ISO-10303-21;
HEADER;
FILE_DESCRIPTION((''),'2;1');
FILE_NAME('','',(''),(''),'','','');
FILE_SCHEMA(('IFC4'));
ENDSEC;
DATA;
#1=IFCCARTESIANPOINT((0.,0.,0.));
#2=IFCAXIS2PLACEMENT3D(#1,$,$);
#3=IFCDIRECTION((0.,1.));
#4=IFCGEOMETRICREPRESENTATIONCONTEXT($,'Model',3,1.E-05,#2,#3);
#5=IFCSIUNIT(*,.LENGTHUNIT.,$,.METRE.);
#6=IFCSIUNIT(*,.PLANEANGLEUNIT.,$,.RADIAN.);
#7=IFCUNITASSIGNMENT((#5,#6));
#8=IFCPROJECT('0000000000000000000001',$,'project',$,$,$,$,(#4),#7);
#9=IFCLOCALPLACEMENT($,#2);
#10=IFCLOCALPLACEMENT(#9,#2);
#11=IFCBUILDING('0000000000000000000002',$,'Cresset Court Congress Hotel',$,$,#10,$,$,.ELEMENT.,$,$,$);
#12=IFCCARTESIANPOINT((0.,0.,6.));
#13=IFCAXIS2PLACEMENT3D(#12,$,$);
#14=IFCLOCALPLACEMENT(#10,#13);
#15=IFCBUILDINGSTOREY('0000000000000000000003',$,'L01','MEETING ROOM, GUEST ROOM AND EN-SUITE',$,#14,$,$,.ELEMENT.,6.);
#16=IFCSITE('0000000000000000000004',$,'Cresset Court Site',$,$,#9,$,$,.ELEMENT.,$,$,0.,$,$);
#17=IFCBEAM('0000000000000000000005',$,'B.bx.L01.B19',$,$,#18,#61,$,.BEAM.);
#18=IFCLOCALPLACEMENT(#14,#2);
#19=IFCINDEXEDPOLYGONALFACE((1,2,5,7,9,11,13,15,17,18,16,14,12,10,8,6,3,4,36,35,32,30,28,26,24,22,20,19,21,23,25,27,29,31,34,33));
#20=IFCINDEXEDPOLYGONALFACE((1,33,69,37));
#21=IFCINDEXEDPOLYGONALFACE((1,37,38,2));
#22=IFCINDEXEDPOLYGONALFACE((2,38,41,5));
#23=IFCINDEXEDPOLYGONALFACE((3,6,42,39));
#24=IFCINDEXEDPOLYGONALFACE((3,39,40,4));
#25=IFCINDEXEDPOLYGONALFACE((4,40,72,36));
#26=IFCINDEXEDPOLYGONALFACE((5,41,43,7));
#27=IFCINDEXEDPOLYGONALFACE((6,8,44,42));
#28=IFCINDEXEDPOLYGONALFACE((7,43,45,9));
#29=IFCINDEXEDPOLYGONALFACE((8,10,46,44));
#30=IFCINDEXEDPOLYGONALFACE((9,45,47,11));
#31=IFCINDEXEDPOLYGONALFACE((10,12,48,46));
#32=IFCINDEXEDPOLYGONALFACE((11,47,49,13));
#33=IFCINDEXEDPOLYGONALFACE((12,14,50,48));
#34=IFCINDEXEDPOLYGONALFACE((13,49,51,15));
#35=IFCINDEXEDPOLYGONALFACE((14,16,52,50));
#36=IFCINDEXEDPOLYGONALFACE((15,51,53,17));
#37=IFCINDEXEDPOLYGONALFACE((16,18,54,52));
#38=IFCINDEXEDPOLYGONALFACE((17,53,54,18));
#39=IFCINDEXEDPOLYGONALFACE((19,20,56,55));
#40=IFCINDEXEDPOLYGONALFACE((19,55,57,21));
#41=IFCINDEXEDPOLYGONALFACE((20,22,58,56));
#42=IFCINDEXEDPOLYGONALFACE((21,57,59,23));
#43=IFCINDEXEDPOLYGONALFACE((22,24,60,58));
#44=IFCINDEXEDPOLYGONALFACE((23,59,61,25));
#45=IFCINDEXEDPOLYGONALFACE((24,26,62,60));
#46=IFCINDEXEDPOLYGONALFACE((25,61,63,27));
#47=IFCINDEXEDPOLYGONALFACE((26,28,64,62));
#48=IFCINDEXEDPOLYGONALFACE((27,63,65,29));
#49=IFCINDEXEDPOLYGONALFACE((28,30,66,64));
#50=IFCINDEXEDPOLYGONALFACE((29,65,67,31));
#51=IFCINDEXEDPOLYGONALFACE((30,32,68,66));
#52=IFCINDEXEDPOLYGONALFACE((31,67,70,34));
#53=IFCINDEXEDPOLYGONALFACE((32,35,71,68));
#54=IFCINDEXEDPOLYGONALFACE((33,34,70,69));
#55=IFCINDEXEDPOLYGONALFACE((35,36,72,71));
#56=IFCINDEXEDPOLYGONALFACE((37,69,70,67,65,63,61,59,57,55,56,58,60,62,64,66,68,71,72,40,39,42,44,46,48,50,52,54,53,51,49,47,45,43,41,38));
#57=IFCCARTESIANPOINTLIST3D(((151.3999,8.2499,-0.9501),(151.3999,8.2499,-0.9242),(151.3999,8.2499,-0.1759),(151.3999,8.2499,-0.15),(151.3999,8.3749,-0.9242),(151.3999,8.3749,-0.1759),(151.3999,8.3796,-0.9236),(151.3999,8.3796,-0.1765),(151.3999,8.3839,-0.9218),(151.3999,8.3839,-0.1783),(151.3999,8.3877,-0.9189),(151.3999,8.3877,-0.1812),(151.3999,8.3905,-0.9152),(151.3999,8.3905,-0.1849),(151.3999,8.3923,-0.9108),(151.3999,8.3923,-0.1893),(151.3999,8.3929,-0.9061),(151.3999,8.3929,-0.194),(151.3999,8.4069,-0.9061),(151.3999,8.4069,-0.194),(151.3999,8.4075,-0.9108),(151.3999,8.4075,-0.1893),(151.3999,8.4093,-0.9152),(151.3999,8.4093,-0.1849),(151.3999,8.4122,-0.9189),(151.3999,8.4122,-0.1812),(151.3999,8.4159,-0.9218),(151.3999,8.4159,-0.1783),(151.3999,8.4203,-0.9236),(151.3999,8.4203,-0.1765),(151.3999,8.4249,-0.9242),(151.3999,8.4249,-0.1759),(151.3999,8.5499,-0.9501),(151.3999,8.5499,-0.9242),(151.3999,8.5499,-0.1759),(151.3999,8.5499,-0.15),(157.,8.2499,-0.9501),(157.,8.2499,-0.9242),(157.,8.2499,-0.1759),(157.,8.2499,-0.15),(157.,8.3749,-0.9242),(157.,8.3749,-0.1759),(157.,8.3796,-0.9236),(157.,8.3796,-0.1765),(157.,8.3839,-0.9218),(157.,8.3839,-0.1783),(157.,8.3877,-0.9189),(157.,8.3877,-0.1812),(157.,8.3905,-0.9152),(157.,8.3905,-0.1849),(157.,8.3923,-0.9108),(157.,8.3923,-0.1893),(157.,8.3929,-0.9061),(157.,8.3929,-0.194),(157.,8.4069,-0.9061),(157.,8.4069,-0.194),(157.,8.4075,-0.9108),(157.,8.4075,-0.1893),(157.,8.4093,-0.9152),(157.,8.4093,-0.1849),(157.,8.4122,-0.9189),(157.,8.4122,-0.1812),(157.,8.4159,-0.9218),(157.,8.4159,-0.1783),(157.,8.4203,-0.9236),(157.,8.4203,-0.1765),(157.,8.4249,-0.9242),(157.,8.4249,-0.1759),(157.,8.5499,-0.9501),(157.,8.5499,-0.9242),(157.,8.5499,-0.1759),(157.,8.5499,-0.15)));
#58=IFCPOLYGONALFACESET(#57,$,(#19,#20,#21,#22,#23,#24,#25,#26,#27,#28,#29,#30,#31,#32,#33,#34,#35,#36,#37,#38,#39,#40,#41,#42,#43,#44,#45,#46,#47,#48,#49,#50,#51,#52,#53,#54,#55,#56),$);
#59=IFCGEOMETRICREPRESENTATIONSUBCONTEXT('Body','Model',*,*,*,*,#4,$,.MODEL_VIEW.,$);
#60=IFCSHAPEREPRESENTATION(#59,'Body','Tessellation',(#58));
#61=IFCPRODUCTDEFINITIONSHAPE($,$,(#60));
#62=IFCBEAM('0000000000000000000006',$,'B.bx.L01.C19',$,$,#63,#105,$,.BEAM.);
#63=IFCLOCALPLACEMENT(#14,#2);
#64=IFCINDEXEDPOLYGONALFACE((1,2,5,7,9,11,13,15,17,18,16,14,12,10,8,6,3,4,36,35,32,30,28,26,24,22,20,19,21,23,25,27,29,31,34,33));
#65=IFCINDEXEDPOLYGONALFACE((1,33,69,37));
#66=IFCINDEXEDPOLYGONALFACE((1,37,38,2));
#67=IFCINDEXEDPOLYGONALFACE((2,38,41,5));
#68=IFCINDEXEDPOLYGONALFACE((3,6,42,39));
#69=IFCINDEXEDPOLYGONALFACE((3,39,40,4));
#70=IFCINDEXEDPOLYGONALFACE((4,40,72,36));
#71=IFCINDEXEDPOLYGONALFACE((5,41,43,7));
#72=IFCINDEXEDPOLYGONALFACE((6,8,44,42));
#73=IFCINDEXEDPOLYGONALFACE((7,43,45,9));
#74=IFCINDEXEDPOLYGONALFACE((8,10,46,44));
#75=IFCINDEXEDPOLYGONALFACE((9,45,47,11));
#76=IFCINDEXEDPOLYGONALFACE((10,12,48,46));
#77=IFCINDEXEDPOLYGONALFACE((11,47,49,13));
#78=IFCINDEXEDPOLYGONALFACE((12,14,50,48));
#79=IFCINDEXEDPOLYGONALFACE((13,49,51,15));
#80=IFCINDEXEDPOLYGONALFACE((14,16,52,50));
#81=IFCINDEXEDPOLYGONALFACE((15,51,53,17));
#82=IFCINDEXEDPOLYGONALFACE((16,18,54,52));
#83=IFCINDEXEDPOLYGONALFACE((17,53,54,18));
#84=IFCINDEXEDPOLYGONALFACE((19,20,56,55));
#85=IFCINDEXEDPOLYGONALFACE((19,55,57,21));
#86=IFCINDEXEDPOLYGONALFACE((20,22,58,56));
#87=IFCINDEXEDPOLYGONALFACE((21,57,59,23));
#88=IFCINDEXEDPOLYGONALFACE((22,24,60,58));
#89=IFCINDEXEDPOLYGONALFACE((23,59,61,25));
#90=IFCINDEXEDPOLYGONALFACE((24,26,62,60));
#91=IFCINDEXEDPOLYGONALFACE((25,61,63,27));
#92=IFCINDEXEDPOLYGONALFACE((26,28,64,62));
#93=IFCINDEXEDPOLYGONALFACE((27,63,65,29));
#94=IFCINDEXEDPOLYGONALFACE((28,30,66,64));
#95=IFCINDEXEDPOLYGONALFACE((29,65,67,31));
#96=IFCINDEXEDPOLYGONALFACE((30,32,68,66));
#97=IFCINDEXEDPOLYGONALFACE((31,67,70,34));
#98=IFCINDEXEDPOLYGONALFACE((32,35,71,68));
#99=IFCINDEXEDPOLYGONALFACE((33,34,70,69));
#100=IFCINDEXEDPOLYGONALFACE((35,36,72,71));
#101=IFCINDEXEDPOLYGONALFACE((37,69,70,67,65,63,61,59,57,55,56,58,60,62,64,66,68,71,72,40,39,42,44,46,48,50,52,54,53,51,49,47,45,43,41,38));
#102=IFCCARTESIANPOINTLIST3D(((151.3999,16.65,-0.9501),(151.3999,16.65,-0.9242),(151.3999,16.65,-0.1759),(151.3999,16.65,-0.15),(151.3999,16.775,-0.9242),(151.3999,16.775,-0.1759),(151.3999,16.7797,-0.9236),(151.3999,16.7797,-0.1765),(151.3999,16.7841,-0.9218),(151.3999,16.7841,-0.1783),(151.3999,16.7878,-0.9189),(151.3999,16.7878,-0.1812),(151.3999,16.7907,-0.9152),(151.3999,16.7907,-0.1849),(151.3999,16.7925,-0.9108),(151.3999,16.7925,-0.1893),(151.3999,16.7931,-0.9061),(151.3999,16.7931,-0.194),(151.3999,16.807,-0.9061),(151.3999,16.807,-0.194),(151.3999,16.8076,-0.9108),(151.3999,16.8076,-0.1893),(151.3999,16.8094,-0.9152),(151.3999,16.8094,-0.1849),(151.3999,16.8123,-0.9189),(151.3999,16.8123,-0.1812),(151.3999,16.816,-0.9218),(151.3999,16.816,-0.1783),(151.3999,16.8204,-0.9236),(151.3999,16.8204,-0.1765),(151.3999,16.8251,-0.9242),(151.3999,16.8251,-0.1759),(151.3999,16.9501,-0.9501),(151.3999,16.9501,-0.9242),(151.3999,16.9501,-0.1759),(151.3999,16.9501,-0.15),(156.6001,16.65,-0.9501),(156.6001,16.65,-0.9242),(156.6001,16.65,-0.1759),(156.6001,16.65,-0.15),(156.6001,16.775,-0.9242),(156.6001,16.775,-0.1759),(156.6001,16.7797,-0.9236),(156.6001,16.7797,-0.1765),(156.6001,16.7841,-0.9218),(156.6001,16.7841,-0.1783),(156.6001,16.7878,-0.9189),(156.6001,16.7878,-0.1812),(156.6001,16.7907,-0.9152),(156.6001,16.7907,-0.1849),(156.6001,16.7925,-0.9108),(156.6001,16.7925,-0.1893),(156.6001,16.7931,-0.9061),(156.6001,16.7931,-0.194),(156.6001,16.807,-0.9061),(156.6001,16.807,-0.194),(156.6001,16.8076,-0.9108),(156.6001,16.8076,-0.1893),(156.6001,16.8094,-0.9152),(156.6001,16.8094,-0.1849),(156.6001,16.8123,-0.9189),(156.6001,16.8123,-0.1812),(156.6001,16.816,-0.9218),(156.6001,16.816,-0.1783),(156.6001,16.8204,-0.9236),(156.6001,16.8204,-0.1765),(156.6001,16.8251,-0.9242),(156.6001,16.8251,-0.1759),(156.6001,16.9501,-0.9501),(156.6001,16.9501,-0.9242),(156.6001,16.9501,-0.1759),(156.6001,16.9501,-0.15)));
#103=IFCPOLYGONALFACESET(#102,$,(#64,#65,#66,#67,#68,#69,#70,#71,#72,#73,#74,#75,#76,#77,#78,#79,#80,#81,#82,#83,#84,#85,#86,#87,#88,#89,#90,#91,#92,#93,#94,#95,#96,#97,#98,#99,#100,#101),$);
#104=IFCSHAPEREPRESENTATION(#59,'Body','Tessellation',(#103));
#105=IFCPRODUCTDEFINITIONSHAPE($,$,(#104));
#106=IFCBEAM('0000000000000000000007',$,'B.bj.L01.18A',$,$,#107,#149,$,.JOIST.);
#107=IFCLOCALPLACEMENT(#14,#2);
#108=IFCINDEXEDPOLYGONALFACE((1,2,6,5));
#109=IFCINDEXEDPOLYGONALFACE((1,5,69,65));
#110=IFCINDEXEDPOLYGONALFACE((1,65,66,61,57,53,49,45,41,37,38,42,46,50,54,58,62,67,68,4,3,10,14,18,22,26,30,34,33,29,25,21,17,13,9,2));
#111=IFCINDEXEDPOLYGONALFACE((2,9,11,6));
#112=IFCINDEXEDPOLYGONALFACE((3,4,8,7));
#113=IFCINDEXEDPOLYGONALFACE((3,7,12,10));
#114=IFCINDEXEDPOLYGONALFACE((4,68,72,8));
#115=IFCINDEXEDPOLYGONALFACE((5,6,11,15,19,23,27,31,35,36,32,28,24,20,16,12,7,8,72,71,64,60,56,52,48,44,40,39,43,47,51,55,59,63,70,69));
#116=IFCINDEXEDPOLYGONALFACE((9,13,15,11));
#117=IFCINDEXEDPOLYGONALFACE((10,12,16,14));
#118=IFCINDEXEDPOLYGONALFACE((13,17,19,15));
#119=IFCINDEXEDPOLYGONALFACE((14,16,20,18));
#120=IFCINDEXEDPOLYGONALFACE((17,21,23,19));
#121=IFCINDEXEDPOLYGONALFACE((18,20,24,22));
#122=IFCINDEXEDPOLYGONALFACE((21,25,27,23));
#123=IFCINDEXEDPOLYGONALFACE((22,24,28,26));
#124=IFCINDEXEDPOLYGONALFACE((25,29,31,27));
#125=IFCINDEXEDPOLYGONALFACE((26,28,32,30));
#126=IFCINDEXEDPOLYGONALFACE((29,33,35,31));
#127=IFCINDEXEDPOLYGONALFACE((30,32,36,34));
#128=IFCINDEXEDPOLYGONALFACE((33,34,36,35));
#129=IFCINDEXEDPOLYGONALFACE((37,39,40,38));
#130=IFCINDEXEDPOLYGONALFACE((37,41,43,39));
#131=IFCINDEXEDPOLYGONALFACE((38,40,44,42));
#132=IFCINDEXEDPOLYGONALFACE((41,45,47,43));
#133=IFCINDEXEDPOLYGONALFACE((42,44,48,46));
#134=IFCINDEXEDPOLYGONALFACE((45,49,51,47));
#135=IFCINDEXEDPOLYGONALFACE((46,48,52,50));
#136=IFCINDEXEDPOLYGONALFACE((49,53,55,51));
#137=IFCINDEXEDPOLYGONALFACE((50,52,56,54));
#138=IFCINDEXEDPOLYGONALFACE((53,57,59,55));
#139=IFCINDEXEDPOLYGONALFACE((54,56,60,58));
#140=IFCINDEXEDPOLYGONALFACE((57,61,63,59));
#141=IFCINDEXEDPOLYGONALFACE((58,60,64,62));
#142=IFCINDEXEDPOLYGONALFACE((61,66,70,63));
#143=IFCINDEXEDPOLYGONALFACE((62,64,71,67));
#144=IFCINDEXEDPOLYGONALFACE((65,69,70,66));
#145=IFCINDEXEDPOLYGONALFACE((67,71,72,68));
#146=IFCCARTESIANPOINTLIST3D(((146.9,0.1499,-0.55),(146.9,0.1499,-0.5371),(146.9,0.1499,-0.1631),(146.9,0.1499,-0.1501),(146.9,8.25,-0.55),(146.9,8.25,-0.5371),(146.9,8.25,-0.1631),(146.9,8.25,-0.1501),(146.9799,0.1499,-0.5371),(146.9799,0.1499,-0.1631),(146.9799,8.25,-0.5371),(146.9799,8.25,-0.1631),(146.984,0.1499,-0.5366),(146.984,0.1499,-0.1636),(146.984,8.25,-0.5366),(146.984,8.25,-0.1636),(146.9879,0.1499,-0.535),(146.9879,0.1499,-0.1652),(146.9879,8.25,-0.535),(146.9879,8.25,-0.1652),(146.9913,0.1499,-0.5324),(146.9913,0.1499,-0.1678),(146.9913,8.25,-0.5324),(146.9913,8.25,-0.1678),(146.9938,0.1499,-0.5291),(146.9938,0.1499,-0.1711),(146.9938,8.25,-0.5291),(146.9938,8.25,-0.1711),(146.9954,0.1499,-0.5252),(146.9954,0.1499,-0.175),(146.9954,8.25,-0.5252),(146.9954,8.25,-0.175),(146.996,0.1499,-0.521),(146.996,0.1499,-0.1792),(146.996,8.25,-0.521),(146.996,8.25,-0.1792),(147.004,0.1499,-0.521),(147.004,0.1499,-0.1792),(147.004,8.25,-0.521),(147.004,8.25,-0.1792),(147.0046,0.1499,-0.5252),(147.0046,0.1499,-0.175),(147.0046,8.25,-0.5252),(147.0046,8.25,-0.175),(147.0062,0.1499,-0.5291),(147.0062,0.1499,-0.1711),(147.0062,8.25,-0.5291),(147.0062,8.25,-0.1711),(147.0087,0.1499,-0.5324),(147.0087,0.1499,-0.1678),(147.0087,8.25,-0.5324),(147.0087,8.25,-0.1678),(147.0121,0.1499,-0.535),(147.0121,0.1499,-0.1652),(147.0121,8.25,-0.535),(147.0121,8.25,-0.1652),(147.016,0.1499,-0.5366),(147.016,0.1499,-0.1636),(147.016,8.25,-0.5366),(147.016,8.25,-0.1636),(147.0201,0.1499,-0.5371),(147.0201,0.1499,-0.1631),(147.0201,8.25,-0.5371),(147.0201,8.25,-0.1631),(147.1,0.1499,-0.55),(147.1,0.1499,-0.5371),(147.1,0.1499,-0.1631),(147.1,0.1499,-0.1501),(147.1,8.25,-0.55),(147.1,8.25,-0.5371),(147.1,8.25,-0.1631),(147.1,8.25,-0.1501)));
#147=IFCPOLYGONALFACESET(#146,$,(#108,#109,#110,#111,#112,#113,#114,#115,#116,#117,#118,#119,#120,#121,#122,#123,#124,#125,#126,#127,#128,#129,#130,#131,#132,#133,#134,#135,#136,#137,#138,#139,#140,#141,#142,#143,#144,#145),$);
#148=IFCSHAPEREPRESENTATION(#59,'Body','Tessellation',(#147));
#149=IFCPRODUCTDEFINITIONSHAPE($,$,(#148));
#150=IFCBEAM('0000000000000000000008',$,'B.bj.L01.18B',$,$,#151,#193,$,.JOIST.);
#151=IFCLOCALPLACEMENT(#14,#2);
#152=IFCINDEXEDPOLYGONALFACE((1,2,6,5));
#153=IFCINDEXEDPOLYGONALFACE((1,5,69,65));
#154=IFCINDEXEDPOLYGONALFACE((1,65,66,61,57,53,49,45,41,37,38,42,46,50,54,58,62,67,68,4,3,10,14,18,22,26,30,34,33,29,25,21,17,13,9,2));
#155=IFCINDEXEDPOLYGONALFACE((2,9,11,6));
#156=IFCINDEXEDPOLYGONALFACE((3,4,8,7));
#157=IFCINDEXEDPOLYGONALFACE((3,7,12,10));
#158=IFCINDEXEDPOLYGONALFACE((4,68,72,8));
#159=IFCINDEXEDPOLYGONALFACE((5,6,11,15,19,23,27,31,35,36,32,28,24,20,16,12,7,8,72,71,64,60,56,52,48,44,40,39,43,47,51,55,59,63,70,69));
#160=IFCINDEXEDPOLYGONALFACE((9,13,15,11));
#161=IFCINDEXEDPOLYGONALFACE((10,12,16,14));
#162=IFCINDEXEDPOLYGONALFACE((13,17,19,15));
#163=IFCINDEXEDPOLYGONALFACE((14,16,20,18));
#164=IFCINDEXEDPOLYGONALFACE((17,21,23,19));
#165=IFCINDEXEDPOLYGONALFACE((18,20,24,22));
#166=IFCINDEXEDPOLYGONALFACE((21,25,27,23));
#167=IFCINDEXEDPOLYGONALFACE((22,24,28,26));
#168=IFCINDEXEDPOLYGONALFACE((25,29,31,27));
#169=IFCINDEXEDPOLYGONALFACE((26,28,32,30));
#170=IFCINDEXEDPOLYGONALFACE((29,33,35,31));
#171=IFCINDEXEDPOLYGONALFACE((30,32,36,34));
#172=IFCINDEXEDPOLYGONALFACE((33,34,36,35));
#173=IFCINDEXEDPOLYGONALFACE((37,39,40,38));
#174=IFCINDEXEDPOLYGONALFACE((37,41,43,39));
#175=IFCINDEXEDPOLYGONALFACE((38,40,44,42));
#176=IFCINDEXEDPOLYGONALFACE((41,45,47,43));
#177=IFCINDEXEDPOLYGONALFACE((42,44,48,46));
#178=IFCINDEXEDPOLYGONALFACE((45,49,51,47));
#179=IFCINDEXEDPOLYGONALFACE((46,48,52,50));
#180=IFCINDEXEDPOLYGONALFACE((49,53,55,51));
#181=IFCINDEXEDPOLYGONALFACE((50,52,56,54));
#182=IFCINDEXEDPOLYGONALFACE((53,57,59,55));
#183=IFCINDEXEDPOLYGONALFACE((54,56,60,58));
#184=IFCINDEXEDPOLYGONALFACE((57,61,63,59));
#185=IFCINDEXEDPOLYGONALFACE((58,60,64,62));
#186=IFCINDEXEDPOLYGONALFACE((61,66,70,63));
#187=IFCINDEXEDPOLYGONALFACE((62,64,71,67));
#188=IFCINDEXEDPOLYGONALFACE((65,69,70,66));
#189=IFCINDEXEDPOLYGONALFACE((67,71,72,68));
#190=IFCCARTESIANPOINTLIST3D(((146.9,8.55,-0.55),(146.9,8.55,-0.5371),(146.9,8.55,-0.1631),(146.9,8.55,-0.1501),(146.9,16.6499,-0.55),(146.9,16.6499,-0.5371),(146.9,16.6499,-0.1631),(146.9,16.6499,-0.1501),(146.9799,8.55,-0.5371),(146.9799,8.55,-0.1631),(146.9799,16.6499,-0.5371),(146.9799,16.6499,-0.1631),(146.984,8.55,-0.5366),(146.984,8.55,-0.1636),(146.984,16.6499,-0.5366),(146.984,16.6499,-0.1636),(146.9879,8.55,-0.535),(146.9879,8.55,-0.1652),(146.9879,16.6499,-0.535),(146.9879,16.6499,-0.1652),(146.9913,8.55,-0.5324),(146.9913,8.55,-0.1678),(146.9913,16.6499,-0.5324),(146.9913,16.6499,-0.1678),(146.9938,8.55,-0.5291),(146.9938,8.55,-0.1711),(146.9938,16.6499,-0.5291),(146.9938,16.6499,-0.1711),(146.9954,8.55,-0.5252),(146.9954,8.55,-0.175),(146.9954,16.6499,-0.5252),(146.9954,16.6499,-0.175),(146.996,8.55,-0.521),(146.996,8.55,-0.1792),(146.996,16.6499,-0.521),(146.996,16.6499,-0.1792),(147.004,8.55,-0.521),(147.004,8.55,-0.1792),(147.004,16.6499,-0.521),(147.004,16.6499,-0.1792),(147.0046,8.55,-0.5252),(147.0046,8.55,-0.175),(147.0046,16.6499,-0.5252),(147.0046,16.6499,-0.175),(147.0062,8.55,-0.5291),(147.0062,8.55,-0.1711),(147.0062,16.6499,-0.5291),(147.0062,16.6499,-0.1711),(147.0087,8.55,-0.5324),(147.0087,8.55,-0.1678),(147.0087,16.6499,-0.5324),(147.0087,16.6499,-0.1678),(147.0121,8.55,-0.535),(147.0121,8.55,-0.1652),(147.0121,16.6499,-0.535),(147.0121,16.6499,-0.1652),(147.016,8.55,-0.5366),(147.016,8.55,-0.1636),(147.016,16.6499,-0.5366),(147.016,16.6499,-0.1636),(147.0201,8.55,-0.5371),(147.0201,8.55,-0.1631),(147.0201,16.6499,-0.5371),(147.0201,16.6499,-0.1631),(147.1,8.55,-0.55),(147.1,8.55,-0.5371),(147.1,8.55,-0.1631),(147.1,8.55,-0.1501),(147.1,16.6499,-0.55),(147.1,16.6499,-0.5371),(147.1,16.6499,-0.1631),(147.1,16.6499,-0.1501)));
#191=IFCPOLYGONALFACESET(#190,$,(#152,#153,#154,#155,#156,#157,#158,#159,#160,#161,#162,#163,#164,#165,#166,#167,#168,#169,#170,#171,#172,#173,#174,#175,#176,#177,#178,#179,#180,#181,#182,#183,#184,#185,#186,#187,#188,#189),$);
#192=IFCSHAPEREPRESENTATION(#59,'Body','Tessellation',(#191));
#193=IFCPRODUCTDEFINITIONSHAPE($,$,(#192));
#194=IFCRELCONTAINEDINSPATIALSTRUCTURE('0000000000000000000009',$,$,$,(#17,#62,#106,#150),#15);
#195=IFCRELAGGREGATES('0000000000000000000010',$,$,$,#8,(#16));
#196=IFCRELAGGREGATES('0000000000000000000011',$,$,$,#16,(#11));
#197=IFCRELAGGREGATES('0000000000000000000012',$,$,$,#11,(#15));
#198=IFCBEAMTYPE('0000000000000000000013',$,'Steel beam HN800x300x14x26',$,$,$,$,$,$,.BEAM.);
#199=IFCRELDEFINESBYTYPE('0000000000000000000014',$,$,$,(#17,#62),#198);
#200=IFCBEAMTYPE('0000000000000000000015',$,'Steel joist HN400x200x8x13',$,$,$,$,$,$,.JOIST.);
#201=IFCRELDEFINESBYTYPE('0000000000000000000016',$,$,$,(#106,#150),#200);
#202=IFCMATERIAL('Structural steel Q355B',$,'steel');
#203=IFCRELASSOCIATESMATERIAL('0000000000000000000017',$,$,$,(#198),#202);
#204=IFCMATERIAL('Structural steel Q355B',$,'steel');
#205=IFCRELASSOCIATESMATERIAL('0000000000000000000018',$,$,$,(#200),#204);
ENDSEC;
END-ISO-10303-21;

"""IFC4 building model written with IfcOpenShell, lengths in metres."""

from ifc_helpers import new_model, si_unit, direction, frame, origin, origin_2d, place, context, subcontext, project, spatial, i_section, extrude, material, material_profile, profile_set, type_object, element, save


model = new_model("IFC4")

# Units and contexts
model_context = context("Model", 3, precision=1e-05, world=origin(), true_north=direction((0.0, 1.0)))
body_context = subcontext(model_context, "Body", "Model", "MODEL_VIEW")
ifc_project = project(units=[si_unit("LENGTHUNIT", "METRE"), si_unit("PLANEANGLEUNIT", "RADIAN")], contexts=[model_context])

# Site, building, storey
site_placement = place(None, origin())
site = spatial("IfcSite", under=ifc_project, at=site_placement, Name="Cresset Court Site", CompositionType="ELEMENT", RefElevation=0.0)
building_placement = place(site_placement, origin())
building = spatial("IfcBuilding", under=site, at=building_placement, Name="Cresset Court Congress Hotel", CompositionType="ELEMENT")
storey_placement = place(building_placement, frame((0.0, 0.0, 6.0)))
storey = spatial("IfcBuildingStorey", under=building, at=storey_placement, Name="L01", Description="MEETING ROOM, GUEST ROOM AND EN-SUITE", CompositionType="ELEMENT", Elevation=6.0)

# Beams
ifc_material_1 = material(Name="Structural steel Q355B", Category="steel")
ifc_material_profile_1 = material_profile(ifc_material_1, i_section(OverallWidth=0.3, OverallDepth=0.8, WebThickness=0.0139, FlangeThickness=0.0259, FilletRadius=0.0181, at=origin_2d()), Name="HN800x300x14x26")
ifc_profile_set_1 = profile_set([ifc_material_profile_1], Name="Structural steel Q355B")
beam_type_1 = type_object("IfcBeamType", Name="Steel beam HN800x300x14x26", PredefinedType="BEAM", material=ifc_profile_set_1)
for number, where, z_axis, x_axis, name in (
    (1, (151.3999, 8.3999, -0.55), (1.0, 0.0, 0.0), (0.0, 1.0, 0.0), "B.bx.L01.B19"),
):
    element("IfcBeam", number, at=place(storey_placement, frame(where, z_axis=z_axis, x_axis=x_axis)), inside=storey, type_object=beam_type_1, Name=name, PredefinedType="BEAM", context=body_context, shape_type="SweptSolid", body=[
        extrude(i_section(OverallWidth=0.3, OverallDepth=0.8, WebThickness=0.0139, FlangeThickness=0.0259, FilletRadius=0.0181, at=origin_2d()), origin(), (0.0, 0.0, 1.0), 5.6001),
    ])
beam_1_placement = place(storey_placement, frame((151.3999, 16.8, -0.55), z_axis=(1.0, 0.0, 0.0), x_axis=(0.0, 1.0, 0.0)))
element("IfcBeam", 2, at=beam_1_placement, inside=storey, type_object=beam_type_1, Name="B.bx.L01.C19", PredefinedType="BEAM", context=body_context, shape_type="SweptSolid", body=[
    extrude(i_section(OverallWidth=0.3, OverallDepth=0.8, WebThickness=0.0139, FlangeThickness=0.0259, FilletRadius=0.0181, at=origin_2d()), origin(), (0.0, 0.0, 1.0), 5.2002),
])
ifc_material_2 = material(Name="Structural steel Q355B", Category="steel")
ifc_material_profile_2 = material_profile(ifc_material_2, i_section(OverallWidth=0.2, OverallDepth=0.3999, WebThickness=0.0081, FlangeThickness=0.0129, FilletRadius=0.0161, at=origin_2d()), Name="HN400x200x8x13")
ifc_profile_set_2 = profile_set([ifc_material_profile_2], Name="Structural steel Q355B")
beam_type_2 = type_object("IfcBeamType", Name="Steel joist HN400x200x8x13", PredefinedType="JOIST", material=ifc_profile_set_2)
beam_2_placement = place(storey_placement, frame((147.0, 0.1499, -0.3501), z_axis=(0.0, 1.0, 0.0), x_axis=(-1.0, 0.0, 0.0)))
element("IfcBeam", 3, at=beam_2_placement, inside=storey, type_object=beam_type_2, Name="B.bj.L01.18A", PredefinedType="JOIST", context=body_context, shape_type="SweptSolid", body=[
    extrude(i_section(OverallWidth=0.2, OverallDepth=0.3999, WebThickness=0.0081, FlangeThickness=0.0129, FilletRadius=0.0161, at=origin_2d()), origin(), (0.0, 0.0, 1.0), 8.1001),
])
beam_3_placement = place(storey_placement, frame((147.0, 8.55, -0.3501), z_axis=(0.0, 1.0, 0.0), x_axis=(-1.0, 0.0, 0.0)))
element("IfcBeam", 4, at=beam_3_placement, inside=storey, type_object=beam_type_2, Name="B.bj.L01.18B", PredefinedType="JOIST", context=body_context, shape_type="SweptSolid", body=[
    extrude(i_section(OverallWidth=0.2, OverallDepth=0.3999, WebThickness=0.0081, FlangeThickness=0.0129, FilletRadius=0.0161, at=origin_2d()), origin(), (0.0, 0.0, 1.0), 8.0999),
])

save(model, "model.ifc")
